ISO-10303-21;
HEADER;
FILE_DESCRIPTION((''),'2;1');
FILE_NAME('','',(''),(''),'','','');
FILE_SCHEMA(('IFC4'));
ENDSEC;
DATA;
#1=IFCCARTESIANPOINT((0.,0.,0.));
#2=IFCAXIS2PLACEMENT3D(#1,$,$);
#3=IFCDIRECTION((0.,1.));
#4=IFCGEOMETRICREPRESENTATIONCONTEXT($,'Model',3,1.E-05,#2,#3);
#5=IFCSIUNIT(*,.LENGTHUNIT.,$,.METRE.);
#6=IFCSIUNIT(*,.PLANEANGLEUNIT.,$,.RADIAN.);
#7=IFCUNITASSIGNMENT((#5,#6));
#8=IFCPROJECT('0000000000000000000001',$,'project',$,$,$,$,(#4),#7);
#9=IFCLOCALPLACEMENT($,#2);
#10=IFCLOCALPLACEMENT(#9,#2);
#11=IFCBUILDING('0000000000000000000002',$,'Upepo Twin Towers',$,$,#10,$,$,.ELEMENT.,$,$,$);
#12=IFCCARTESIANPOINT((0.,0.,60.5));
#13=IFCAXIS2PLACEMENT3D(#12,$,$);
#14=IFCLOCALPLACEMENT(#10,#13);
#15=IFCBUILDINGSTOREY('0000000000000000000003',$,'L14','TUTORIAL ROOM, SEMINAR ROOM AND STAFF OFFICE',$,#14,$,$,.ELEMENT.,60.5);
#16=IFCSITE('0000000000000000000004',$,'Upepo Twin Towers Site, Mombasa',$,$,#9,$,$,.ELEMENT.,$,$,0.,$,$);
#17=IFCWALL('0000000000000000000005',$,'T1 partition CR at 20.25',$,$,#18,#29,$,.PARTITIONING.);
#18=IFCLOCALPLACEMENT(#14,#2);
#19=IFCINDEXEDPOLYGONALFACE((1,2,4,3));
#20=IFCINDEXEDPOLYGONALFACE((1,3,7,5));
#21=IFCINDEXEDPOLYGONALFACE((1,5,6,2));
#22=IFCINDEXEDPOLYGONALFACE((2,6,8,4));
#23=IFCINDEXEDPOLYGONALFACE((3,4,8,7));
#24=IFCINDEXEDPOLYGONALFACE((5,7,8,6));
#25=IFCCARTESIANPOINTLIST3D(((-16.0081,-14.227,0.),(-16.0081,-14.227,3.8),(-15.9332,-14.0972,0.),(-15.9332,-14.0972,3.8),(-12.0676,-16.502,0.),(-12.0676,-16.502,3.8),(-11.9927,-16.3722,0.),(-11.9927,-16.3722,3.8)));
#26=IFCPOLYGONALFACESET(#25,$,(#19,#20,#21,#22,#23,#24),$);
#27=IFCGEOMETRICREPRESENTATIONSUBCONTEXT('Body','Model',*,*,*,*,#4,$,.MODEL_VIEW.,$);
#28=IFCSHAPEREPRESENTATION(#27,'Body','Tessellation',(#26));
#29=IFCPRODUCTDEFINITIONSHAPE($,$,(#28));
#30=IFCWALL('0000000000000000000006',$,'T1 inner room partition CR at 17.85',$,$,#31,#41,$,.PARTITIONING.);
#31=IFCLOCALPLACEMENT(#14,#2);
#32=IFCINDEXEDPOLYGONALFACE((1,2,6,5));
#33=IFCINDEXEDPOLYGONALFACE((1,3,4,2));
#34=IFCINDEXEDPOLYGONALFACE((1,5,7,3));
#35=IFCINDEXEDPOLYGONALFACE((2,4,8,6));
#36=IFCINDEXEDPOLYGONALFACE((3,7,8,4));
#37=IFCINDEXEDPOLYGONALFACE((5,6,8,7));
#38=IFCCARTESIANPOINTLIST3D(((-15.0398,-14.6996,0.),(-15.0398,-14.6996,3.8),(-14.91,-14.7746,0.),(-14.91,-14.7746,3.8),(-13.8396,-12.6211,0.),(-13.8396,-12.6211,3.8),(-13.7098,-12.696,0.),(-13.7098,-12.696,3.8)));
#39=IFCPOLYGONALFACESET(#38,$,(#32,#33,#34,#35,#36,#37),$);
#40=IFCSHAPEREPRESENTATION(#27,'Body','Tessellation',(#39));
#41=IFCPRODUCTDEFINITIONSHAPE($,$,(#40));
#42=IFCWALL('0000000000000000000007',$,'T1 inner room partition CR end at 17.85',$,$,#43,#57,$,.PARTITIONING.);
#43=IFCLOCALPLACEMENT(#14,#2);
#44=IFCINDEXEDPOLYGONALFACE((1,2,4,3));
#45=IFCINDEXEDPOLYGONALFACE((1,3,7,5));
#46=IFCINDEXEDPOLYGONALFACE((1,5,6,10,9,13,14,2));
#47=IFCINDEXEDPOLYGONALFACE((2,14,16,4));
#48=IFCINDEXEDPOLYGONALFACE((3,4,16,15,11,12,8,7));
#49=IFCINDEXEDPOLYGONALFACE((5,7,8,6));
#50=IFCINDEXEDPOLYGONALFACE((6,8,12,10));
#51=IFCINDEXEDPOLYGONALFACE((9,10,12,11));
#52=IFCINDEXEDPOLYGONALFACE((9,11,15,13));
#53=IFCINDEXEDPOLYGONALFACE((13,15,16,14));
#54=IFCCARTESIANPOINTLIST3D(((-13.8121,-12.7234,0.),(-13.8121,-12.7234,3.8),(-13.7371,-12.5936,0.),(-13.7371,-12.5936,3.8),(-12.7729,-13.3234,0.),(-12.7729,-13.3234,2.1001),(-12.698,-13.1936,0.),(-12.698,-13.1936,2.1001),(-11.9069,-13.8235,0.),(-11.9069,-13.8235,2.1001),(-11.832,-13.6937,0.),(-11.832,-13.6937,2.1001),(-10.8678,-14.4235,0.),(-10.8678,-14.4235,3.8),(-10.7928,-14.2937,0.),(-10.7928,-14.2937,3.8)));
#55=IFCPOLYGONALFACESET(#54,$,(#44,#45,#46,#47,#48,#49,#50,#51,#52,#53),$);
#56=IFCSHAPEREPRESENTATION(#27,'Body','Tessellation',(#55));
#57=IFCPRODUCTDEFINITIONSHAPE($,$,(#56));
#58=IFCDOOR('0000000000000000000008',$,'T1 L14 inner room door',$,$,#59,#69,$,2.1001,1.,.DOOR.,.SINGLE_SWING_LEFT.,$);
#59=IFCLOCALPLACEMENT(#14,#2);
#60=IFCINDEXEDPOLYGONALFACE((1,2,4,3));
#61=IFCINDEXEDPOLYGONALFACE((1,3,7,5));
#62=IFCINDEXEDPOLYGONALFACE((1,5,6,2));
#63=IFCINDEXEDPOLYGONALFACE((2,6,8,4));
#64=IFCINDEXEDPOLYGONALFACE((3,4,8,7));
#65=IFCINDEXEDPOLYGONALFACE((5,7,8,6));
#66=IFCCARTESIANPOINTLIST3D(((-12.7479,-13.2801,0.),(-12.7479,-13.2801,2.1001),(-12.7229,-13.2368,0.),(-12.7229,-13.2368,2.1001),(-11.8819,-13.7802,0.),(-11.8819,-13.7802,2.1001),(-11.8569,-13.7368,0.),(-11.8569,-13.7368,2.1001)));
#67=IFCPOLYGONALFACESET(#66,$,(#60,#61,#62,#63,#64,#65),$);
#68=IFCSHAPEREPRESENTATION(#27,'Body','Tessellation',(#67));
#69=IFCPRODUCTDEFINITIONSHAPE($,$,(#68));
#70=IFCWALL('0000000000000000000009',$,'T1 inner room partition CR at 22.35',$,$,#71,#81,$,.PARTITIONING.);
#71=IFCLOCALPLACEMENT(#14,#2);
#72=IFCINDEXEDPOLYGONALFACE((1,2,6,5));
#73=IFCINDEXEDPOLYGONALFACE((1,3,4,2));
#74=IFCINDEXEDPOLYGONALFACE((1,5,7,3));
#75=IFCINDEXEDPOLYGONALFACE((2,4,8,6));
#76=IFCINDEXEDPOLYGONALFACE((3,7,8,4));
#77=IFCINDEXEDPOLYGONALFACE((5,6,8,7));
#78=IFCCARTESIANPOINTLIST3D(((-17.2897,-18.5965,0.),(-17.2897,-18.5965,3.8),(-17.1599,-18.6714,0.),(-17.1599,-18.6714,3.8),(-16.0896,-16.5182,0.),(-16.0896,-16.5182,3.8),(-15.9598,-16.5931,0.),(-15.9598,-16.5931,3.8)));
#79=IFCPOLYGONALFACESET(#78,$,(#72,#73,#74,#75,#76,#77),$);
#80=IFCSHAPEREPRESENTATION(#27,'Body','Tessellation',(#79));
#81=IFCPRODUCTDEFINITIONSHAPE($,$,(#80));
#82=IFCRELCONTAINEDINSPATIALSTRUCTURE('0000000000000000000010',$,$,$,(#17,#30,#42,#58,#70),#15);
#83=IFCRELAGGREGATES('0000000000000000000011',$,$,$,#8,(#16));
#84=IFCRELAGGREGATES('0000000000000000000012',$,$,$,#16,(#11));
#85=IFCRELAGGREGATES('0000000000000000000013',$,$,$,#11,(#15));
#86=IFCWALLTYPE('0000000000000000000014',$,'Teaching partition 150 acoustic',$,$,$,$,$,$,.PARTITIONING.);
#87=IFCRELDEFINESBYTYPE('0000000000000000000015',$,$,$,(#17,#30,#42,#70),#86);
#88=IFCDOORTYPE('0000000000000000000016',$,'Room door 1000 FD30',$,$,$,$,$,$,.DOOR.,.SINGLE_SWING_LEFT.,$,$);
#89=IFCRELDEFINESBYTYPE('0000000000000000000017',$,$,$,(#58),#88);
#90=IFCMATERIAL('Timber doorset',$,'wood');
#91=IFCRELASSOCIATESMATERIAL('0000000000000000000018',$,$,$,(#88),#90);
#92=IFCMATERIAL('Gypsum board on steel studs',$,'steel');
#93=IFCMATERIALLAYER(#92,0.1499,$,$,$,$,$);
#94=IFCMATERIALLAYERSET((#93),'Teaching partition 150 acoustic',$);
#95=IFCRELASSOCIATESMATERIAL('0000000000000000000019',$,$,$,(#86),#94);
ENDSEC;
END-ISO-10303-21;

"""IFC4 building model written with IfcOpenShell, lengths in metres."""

from ifc_helpers import new_model, si_unit, direction, frame, frame_2d, origin, place, context, subcontext, project, spatial, rectangle, extrude, material, layer, layer_set, type_object, element, fill, save


model = new_model("IFC4")

# Units and contexts
model_context = context("Model", 3, precision=1e-05, world=origin(), true_north=direction((0.0, 1.0)))
body_context = subcontext(model_context, "Body", "Model", "MODEL_VIEW")
ifc_project = project(units=[si_unit("LENGTHUNIT", "METRE"), si_unit("PLANEANGLEUNIT", "RADIAN")], contexts=[model_context])

# Site, building, storey
site_placement = place(None, origin())
site = spatial("IfcSite", under=ifc_project, at=site_placement, Name="Upepo Twin Towers Site, Mombasa", CompositionType="ELEMENT", RefElevation=0.0)
building_placement = place(site_placement, origin())
building = spatial("IfcBuilding", under=site, at=building_placement, Name="Upepo Twin Towers", CompositionType="ELEMENT")
storey_placement = place(building_placement, frame((0.0, 0.0, 60.5)))
storey = spatial("IfcBuildingStorey", under=building, at=storey_placement, Name="L14", Description="TUTORIAL ROOM, SEMINAR ROOM AND STAFF OFFICE", CompositionType="ELEMENT", Elevation=60.5)

# Shared definitions
ifc_material_1 = material(Name="Timber doorset", Category="wood")
door_type = type_object("IfcDoorType", Name="Room door 1000 FD30", OperationType="SINGLE_SWING_LEFT", PredefinedType="DOOR", material=ifc_material_1)

# Shared definitions
ifc_material_2 = material(Name="Gypsum board on steel studs", Category="steel")
ifc_layer_1 = layer(ifc_material_2, 0.1499)
ifc_layer_set_1 = layer_set([ifc_layer_1], Name="Teaching partition 150 acoustic")
wall_type_1 = type_object("IfcWallType", Name="Teaching partition 150 acoustic", PredefinedType="PARTITIONING", material=ifc_layer_set_1)

# Walls
wall_1_placement = place(storey_placement, frame((-12.0303, -16.437, 0.0), z_axis=(0.0, 0.0, 1.0), x_axis=(-0.866035, 0.499983, 0.0)))
element("IfcWall", 1, at=wall_1_placement, inside=storey, type_object=wall_type_1, Name="T1 partition CR at 20.25", PredefinedType="PARTITIONING", context=body_context, shape_type="SweptSolid", body=[
    extrude(rectangle(XDim=4.55, YDim=0.1499, at=frame_2d((2.2749, 0.0))), origin(), (0.0, 0.0, 1.0), 3.8),
])
wall_2_placement = place(storey_placement, frame((-13.7747, -12.6584, 0.0), z_axis=(0.0, 0.0, 1.0), x_axis=(-0.500034, -0.866006, 0.0)))
element("IfcWall", 2, at=wall_2_placement, inside=storey, type_object=wall_type_1, Name="T1 inner room partition CR at 17.85", PredefinedType="PARTITIONING", context=body_context, shape_type="SweptSolid", body=[
    extrude(rectangle(XDim=2.4001, YDim=0.1499, at=frame_2d((1.2002, 0.0))), origin(), (0.0, 0.0, 1.0), 3.8),
])

# Wall, opening, door
wall_3_placement = place(storey_placement, frame((-10.8303, -14.3586, 0.0), z_axis=(0.0, 0.0, 1.0), x_axis=(-0.865989, 0.500062, 0.0)))
wall_3 = element("IfcWall", 3, at=wall_3_placement, inside=storey, type_object=wall_type_1, Name="T1 inner room partition CR end at 17.85", PredefinedType="PARTITIONING", context=body_context, shape_type="SweptSolid", body=[
    extrude(rectangle(XDim=3.3999, YDim=0.1499, at=frame_2d((1.7, 0.0))), origin(), (0.0, 0.0, 1.0), 3.8),
])
opening_1_placement = place(wall_3_placement, frame((1.2, 0.0, 0.0)))
opening_1 = element("IfcOpeningElement", 4, at=opening_1_placement, cuts=wall_3, PredefinedType="OPENING", context=body_context, shape_type="SweptSolid", body=[
    extrude(rectangle(XDim=1.0, YDim=2.1001, at=frame_2d((0.5, 1.05))), frame((0.0, 0.085, 0.0), z_axis=(0.0, -1.0, 0.0), x_axis=(1.0, 0.0, 0.0)), (0.0, 0.0, 1.0), 0.1699),
])
door_1_placement = place(opening_1_placement, origin())
door_1 = element("IfcDoor", 5, at=door_1_placement, inside=storey, type_object=door_type, Name="T1 L14 inner room door", OperationType="SINGLE_SWING_LEFT", OverallHeight=2.1001, OverallWidth=1.0, PredefinedType="DOOR", context=body_context, shape_type="SweptSolid", body=[
    extrude(rectangle(XDim=1.0, YDim=2.1001, at=frame_2d((0.5, 1.05))), frame((0.0, 0.0249, 0.0), z_axis=(0.0, -1.0, 0.0), x_axis=(1.0, 0.0, 0.0)), (0.0, 0.0, 1.0), 0.05),
])
fill(opening_1, door_1)

# Wall
wall_4_placement = place(storey_placement, frame((-16.0247, -16.5557, 0.0), z_axis=(0.0, 0.0, 1.0), x_axis=(-0.500078, -0.865981, 0.0)))
element("IfcWall", 6, at=wall_4_placement, inside=storey, type_object=wall_type_1, Name="T1 inner room partition CR at 22.35", PredefinedType="PARTITIONING", context=body_context, shape_type="SweptSolid", body=[
    extrude(rectangle(XDim=2.3999, YDim=0.1499, at=frame_2d((1.2, 0.0))), origin(), (0.0, 0.0, 1.0), 3.8),
])

save(model, "model.ifc")
